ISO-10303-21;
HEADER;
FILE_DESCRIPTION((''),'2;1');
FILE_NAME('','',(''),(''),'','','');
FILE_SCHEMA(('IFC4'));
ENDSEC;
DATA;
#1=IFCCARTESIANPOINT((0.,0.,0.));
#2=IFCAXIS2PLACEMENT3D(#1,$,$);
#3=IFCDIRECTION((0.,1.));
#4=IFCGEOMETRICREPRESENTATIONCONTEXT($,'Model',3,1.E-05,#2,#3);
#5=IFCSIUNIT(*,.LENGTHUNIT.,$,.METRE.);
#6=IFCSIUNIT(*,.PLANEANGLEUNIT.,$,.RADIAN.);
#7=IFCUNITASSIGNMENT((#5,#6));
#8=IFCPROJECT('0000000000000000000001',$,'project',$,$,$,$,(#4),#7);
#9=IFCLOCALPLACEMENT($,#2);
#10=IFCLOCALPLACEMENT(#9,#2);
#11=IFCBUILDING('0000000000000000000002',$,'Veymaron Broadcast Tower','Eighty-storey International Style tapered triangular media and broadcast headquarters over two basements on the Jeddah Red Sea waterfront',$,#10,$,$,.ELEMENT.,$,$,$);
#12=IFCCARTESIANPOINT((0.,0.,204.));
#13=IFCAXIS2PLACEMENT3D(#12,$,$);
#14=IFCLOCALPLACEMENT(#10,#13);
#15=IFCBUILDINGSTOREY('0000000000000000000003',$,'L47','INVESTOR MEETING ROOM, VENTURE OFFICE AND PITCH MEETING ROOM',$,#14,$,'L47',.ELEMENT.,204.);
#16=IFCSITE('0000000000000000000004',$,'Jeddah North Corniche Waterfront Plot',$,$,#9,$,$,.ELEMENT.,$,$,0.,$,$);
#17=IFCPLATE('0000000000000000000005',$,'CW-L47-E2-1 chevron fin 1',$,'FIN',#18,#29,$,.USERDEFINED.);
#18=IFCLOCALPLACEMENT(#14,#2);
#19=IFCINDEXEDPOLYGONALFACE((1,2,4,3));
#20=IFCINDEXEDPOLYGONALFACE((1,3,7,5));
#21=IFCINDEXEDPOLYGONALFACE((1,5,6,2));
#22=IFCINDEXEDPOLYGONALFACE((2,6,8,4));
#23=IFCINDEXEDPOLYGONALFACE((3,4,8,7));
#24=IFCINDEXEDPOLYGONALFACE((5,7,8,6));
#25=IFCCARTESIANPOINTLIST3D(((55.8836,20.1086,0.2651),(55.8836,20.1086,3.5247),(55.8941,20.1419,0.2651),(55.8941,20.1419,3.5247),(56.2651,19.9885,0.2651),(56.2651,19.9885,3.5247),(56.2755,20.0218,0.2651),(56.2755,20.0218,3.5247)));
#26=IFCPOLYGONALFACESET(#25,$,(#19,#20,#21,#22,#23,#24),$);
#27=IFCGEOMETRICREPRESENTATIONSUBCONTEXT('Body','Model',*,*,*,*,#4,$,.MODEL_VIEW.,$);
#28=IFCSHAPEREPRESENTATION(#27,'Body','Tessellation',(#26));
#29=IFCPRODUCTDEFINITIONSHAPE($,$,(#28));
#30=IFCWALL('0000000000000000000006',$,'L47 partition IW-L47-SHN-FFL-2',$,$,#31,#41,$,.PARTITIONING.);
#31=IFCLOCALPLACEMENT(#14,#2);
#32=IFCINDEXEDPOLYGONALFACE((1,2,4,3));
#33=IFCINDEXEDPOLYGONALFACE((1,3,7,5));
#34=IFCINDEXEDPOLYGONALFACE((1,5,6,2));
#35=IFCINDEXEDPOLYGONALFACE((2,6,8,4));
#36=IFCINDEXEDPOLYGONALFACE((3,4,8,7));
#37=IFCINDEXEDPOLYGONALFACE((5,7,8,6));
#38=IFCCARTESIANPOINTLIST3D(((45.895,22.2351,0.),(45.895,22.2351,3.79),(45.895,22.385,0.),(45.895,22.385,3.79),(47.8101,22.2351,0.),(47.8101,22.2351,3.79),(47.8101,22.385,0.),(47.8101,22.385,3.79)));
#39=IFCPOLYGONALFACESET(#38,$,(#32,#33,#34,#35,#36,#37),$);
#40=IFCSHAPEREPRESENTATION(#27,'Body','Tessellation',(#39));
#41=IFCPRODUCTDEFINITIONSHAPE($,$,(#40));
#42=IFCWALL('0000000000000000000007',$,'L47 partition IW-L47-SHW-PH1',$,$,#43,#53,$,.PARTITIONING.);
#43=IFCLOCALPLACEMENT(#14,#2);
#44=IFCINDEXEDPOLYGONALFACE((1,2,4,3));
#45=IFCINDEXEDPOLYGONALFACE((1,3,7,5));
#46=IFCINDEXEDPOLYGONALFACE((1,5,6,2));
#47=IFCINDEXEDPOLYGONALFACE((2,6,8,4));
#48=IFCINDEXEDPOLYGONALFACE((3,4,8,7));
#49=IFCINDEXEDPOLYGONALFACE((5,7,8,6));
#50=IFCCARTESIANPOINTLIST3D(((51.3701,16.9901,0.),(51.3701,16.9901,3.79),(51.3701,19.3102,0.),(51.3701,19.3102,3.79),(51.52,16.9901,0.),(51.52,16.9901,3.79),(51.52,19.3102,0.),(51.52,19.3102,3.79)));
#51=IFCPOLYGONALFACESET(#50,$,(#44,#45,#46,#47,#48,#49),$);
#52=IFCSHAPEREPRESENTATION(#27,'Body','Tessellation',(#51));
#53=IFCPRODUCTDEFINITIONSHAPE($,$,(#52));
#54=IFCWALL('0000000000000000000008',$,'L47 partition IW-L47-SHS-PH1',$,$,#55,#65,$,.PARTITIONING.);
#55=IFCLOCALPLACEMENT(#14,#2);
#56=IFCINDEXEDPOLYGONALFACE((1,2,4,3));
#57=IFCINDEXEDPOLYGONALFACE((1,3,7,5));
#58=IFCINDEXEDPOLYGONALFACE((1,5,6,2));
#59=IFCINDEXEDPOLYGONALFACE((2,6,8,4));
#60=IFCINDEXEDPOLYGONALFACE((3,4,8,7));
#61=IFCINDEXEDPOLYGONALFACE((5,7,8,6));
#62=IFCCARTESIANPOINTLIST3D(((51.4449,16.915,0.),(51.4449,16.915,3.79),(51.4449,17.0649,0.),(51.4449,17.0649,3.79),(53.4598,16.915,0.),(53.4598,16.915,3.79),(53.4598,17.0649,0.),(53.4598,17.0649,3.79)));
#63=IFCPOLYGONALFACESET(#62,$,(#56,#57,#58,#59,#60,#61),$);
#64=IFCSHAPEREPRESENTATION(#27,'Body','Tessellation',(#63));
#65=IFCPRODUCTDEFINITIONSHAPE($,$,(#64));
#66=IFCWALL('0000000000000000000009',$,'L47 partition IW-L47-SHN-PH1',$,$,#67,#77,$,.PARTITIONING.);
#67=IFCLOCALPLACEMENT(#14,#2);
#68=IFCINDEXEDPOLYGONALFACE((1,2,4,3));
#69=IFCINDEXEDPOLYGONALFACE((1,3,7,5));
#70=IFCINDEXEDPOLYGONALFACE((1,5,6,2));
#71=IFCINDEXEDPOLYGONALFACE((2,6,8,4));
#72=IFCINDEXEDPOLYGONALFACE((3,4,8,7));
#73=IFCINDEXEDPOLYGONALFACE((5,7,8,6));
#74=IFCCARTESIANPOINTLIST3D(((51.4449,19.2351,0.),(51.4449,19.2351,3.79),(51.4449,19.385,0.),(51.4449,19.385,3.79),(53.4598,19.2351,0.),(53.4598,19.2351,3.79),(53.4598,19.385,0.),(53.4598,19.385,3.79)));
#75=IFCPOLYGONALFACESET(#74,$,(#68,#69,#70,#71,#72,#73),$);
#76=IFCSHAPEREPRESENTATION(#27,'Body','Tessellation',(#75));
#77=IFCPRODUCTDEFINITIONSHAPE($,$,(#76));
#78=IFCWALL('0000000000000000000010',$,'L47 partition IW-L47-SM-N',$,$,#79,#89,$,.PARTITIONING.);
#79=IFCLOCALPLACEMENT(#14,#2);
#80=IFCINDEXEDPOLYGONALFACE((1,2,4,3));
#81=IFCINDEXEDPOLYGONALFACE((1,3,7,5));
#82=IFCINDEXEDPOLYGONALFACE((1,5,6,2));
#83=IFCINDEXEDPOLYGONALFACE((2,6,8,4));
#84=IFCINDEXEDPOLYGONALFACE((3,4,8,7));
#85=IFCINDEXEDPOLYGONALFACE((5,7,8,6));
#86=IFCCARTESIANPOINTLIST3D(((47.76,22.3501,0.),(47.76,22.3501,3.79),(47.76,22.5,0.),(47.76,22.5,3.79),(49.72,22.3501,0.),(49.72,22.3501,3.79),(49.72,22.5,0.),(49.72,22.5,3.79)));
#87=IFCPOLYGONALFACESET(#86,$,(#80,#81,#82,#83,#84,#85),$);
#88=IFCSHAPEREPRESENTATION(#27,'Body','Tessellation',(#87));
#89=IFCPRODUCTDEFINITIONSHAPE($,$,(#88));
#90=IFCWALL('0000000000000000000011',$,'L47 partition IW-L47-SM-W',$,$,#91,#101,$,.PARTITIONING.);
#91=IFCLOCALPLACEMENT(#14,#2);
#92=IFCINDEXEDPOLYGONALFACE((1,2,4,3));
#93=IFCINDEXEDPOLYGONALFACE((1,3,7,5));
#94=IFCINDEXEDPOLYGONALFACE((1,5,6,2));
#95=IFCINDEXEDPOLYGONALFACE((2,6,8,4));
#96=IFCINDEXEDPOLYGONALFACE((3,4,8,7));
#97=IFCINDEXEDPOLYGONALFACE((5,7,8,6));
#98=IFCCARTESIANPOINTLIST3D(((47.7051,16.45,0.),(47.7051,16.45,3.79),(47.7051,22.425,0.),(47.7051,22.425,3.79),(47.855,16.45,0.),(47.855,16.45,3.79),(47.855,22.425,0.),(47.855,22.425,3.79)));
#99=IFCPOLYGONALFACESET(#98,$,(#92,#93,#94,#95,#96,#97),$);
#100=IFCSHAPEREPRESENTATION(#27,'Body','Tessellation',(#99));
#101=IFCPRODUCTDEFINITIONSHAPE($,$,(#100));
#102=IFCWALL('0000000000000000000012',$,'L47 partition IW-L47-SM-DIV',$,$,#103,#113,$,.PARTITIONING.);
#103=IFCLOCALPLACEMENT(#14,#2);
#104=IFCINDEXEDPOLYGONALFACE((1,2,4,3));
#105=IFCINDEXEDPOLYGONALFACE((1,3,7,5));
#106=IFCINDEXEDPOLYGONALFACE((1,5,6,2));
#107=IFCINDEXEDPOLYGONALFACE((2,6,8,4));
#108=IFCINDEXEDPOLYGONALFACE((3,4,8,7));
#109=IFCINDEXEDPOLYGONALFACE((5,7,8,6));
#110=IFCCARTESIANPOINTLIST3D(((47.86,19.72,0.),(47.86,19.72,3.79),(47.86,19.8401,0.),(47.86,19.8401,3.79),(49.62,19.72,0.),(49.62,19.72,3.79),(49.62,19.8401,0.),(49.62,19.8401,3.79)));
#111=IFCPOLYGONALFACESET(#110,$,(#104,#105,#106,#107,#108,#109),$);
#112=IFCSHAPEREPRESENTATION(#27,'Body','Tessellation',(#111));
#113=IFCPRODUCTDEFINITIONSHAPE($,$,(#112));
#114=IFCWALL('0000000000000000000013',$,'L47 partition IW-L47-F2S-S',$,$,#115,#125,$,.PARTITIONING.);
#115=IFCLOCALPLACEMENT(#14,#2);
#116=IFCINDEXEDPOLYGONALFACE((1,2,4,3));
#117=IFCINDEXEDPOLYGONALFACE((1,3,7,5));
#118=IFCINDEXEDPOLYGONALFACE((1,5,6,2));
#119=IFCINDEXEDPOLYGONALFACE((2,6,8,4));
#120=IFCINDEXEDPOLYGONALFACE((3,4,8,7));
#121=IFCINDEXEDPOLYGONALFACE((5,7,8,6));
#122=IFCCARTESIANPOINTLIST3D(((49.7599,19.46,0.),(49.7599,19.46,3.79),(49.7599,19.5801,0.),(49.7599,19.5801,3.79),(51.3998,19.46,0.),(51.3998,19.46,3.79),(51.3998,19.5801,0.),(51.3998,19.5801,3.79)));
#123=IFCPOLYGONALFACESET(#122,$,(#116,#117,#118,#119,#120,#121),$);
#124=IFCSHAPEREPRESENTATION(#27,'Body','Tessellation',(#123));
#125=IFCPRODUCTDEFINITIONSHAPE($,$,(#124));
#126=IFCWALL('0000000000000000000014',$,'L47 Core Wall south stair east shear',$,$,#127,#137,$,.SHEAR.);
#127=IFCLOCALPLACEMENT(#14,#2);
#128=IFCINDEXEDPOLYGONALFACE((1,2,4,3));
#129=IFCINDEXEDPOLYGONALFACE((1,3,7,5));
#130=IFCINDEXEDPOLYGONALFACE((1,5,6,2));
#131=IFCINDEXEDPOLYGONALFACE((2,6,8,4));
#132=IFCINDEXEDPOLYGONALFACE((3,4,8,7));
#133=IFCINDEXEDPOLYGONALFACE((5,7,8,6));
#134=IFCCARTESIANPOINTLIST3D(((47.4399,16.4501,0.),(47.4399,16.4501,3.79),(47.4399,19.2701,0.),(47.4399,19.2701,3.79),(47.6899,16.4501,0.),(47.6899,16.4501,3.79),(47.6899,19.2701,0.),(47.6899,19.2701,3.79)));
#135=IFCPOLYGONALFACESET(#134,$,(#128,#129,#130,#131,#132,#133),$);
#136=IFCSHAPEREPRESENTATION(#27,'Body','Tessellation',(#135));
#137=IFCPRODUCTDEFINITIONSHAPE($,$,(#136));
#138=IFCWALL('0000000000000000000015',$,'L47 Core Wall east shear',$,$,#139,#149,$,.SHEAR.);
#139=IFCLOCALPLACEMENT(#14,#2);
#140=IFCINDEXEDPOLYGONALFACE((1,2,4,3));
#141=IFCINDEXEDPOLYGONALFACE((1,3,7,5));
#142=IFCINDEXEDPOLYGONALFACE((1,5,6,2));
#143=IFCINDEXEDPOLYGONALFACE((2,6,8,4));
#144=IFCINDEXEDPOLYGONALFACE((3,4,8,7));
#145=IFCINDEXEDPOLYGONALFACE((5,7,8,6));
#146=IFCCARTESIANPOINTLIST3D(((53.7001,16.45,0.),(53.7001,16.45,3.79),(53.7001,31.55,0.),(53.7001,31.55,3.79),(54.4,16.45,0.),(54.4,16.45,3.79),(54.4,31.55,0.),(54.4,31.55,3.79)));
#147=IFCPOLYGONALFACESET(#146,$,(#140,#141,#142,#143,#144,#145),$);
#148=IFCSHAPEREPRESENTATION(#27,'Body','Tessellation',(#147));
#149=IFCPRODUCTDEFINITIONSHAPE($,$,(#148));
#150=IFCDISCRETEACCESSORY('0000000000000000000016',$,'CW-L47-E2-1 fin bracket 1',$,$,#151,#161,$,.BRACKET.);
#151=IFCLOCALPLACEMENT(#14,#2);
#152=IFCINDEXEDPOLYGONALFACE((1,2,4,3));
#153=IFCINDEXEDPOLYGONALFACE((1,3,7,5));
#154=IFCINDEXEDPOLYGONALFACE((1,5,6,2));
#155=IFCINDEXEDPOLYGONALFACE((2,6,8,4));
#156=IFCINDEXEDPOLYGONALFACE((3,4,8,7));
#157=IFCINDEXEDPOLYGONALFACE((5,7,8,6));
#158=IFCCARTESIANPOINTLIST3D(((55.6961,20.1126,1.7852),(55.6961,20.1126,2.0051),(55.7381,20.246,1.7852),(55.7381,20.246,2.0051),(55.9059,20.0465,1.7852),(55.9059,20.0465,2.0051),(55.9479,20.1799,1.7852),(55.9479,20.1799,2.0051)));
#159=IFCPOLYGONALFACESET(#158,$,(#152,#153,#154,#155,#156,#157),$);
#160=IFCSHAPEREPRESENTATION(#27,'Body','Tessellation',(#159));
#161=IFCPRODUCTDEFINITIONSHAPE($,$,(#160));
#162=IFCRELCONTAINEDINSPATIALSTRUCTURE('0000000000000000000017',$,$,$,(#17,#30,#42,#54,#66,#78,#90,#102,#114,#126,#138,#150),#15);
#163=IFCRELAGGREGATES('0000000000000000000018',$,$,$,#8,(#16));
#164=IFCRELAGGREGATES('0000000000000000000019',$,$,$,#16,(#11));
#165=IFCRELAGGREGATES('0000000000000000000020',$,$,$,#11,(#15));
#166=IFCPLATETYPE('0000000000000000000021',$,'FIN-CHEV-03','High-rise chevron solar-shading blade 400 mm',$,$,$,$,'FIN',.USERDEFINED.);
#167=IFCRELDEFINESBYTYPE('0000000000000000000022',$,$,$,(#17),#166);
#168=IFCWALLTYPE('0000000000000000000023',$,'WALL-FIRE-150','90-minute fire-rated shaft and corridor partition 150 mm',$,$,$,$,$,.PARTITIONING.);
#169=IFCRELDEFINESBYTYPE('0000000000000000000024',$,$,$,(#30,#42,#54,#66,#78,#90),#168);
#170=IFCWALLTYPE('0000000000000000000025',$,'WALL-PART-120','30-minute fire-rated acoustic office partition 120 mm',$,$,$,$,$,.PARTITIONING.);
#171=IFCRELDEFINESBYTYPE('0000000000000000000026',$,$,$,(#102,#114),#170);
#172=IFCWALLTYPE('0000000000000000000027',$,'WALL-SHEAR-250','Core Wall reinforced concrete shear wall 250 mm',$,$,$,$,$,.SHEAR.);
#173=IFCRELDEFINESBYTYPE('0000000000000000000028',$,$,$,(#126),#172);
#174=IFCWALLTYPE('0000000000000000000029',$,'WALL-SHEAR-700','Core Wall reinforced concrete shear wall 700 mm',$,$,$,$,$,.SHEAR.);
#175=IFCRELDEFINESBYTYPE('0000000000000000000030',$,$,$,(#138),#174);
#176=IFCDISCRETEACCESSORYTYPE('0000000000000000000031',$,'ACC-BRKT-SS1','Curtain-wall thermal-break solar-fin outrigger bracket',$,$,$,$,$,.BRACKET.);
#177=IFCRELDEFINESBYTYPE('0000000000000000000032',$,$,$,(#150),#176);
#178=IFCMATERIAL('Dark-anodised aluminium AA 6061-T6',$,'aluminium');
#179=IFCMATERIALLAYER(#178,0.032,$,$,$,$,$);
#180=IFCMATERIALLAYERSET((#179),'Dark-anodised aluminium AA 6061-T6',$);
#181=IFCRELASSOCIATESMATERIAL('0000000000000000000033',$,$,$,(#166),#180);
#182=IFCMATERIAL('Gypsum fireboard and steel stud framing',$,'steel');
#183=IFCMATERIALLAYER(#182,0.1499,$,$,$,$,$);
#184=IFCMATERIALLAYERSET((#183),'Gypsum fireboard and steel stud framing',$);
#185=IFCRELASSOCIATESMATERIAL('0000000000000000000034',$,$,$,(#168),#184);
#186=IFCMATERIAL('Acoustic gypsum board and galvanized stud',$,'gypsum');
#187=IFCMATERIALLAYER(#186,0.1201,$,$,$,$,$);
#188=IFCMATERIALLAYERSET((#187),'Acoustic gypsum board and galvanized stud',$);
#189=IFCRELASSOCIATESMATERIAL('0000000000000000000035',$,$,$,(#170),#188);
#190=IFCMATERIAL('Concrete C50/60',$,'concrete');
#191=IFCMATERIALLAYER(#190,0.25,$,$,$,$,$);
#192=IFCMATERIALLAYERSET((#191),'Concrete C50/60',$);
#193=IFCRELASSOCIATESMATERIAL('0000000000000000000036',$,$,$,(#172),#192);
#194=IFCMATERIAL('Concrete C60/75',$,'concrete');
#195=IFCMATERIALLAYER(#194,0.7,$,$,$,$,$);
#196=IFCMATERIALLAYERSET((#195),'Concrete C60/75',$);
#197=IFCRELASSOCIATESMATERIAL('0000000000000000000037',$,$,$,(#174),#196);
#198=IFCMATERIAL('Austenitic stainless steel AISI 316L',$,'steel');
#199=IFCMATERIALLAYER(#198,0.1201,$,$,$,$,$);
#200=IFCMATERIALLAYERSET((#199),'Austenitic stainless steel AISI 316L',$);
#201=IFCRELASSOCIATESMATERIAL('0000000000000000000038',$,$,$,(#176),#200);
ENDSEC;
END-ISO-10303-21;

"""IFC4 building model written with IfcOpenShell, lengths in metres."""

from ifc_helpers import new_model, si_unit, direction, frame, frame_2d, origin, origin_2d, place, context, subcontext, project, spatial, rectangle, extrude, material, layer, layer_set, type_object, element, save


model = new_model("IFC4")

# Units and contexts
model_context = context("Model", 3, precision=1e-05, world=origin(), true_north=direction((0.0, 1.0)))
body_context = subcontext(model_context, "Body", "Model", "MODEL_VIEW")
ifc_project = project(units=[si_unit("LENGTHUNIT", "METRE"), si_unit("PLANEANGLEUNIT", "RADIAN")], contexts=[model_context])

# Site, building, storey
site_placement = place(None, origin())
site = spatial("IfcSite", under=ifc_project, at=site_placement, Name="Jeddah North Corniche Waterfront Plot", CompositionType="ELEMENT", RefElevation=0.0)
building_placement = place(site_placement, origin())
building = spatial("IfcBuilding", under=site, at=building_placement, Name="Veymaron Broadcast Tower", Description="Eighty-storey International Style tapered triangular media and broadcast headquarters over two basements on the Jeddah Red Sea waterfront", CompositionType="ELEMENT")
storey_placement = place(building_placement, frame((0.0, 0.0, 204.0)))
storey = spatial("IfcBuildingStorey", under=building, at=storey_placement, Name="L47", Description="INVESTOR MEETING ROOM, VENTURE OFFICE AND PITCH MEETING ROOM", LongName="L47", CompositionType="ELEMENT", Elevation=204.0)

# Plate
ifc_material_1 = material(Name="Dark-anodised aluminium AA 6061-T6", Category="aluminium")
ifc_layer_1 = layer(ifc_material_1, 0.032)
ifc_layer_set_1 = layer_set([ifc_layer_1], Name="Dark-anodised aluminium AA 6061-T6")
plate_type_1 = type_object("IfcPlateType", Name="FIN-CHEV-03", Description="High-rise chevron solar-shading blade 400 mm", ElementType="FIN", PredefinedType="USERDEFINED", material=ifc_layer_set_1)
plate_1_placement = place(storey_placement, frame((56.0796, 20.0652, 0.2651), z_axis=(0.0, 0.0, 1.0), x_axis=(0.953796, -0.300456, 0.0)))
element("IfcPlate", 1, at=plate_1_placement, inside=storey, type_object=plate_type_1, Name="CW-L47-E2-1 chevron fin 1", ObjectType="FIN", PredefinedType="USERDEFINED", context=body_context, shape_type="SweptSolid", body=[
    extrude(rectangle(XDim=0.3999, YDim=0.0349, at=origin_2d()), origin(), (0.0, 0.0, 1.0), 3.2595),
])

# Walls
ifc_material_2 = material(Name="Gypsum fireboard and steel stud framing", Category="steel")
ifc_layer_2 = layer(ifc_material_2, 0.1499)
ifc_layer_set_2 = layer_set([ifc_layer_2], Name="Gypsum fireboard and steel stud framing")
wall_type_1 = type_object("IfcWallType", Name="WALL-FIRE-150", Description="90-minute fire-rated shaft and corridor partition 150 mm", PredefinedType="PARTITIONING", material=ifc_layer_set_2)
wall_1_placement = place(storey_placement, frame((45.895, 22.3101, 0.0), z_axis=(0.0, 0.0, 1.0), x_axis=(1.0, 0.0, 0.0)))
element("IfcWall", 2, at=wall_1_placement, inside=storey, type_object=wall_type_1, Name="L47 partition IW-L47-SHN-FFL-2", PredefinedType="PARTITIONING", context=body_context, shape_type="SweptSolid", body=[
    extrude(rectangle(XDim=1.915, YDim=0.1499, at=frame_2d((0.9575, 0.0))), origin(), (0.0, 0.0, 1.0), 3.79),
])
wall_2_placement = place(storey_placement, frame((51.4451, 16.99, 0.0), z_axis=(0.0, 0.0, 1.0), x_axis=(0.0, 1.0, 0.0)))
element("IfcWall", 3, at=wall_2_placement, inside=storey, type_object=wall_type_1, Name="L47 partition IW-L47-SHW-PH1", PredefinedType="PARTITIONING", context=body_context, shape_type="SweptSolid", body=[
    extrude(rectangle(XDim=2.3201, YDim=0.1499, at=frame_2d((1.1602, 0.0))), origin(), (0.0, 0.0, 1.0), 3.79),
])
for number, where, z_axis, x_axis, name in (
    (4, (51.4451, 16.99, 0.0), (0.0, 0.0, 1.0), (1.0, 0.0, 0.0), "L47 partition IW-L47-SHS-PH1"),
    (5, (51.4451, 19.3101, 0.0), (0.0, 0.0, 1.0), (1.0, 0.0, 0.0), "L47 partition IW-L47-SHN-PH1"),
):
    element("IfcWall", number, at=place(storey_placement, frame(where, z_axis=z_axis, x_axis=x_axis)), inside=storey, type_object=wall_type_1, Name=name, PredefinedType="PARTITIONING", context=body_context, shape_type="SweptSolid", body=[
        extrude(rectangle(XDim=2.0149, YDim=0.1499, at=frame_2d((1.0073, 0.0))), origin(), (0.0, 0.0, 1.0), 3.79),
    ])

# Walls
wall_3_placement = place(storey_placement, frame((47.76, 22.425, 0.0), z_axis=(0.0, 0.0, 1.0), x_axis=(1.0, 0.0, 0.0)))
element("IfcWall", 6, at=wall_3_placement, inside=storey, type_object=wall_type_1, Name="L47 partition IW-L47-SM-N", PredefinedType="PARTITIONING", context=body_context, shape_type="SweptSolid", body=[
    extrude(rectangle(XDim=1.96, YDim=0.1499, at=frame_2d((0.98, 0.0))), origin(), (0.0, 0.0, 1.0), 3.79),
])
wall_4_placement = place(storey_placement, frame((47.78, 16.45, 0.0), z_axis=(0.0, 0.0, 1.0), x_axis=(0.0, 1.0, 0.0)))
element("IfcWall", 7, at=wall_4_placement, inside=storey, type_object=wall_type_1, Name="L47 partition IW-L47-SM-W", PredefinedType="PARTITIONING", context=body_context, shape_type="SweptSolid", body=[
    extrude(rectangle(XDim=5.9751, YDim=0.1499, at=frame_2d((2.9875, 0.0))), origin(), (0.0, 0.0, 1.0), 3.79),
])
ifc_material_3 = material(Name="Acoustic gypsum board and galvanized stud", Category="gypsum")
ifc_layer_3 = layer(ifc_material_3, 0.1201)
ifc_layer_set_3 = layer_set([ifc_layer_3], Name="Acoustic gypsum board and galvanized stud")
wall_type_2 = type_object("IfcWallType", Name="WALL-PART-120", Description="30-minute fire-rated acoustic office partition 120 mm", PredefinedType="PARTITIONING", material=ifc_layer_set_3)
wall_5_placement = place(storey_placement, frame((47.8601, 19.78, 0.0), z_axis=(0.0, 0.0, 1.0), x_axis=(1.0, 0.0, 0.0)))
element("IfcWall", 8, at=wall_5_placement, inside=storey, type_object=wall_type_2, Name="L47 partition IW-L47-SM-DIV", PredefinedType="PARTITIONING", context=body_context, shape_type="SweptSolid", body=[
    extrude(rectangle(XDim=1.76, YDim=0.1201, at=frame_2d((0.8799, 0.0))), origin(), (0.0, 0.0, 1.0), 3.79),
])

# Walls
wall_6_placement = place(storey_placement, frame((49.76, 19.52, 0.0), z_axis=(0.0, 0.0, 1.0), x_axis=(1.0, 0.0, 0.0)))
element("IfcWall", 9, at=wall_6_placement, inside=storey, type_object=wall_type_2, Name="L47 partition IW-L47-F2S-S", PredefinedType="PARTITIONING", context=body_context, shape_type="SweptSolid", body=[
    extrude(rectangle(XDim=1.6399, YDim=0.1201, at=frame_2d((0.8198, 0.0))), origin(), (0.0, 0.0, 1.0), 3.79),
])
ifc_material_4 = material(Name="Concrete C50/60", Category="concrete")
ifc_layer_4 = layer(ifc_material_4, 0.25)
ifc_layer_set_4 = layer_set([ifc_layer_4], Name="Concrete C50/60")
wall_type_3 = type_object("IfcWallType", Name="WALL-SHEAR-250", Description="Core Wall reinforced concrete shear wall 250 mm", PredefinedType="SHEAR", material=ifc_layer_set_4)
wall_7_placement = place(storey_placement, frame((47.5649, 16.45, 0.0), z_axis=(0.0, 0.0, 1.0), x_axis=(0.0, 1.0, 0.0)))
element("IfcWall", 10, at=wall_7_placement, inside=storey, type_object=wall_type_3, Name="L47 Core Wall south stair east shear", PredefinedType="SHEAR", context=body_context, shape_type="SweptSolid", body=[
    extrude(rectangle(XDim=2.8201, YDim=0.25, at=frame_2d((1.4102, 0.0))), origin(), (0.0, 0.0, 1.0), 3.79),
])
ifc_material_5 = material(Name="Concrete C60/75", Category="concrete")
ifc_layer_5 = layer(ifc_material_5, 0.7)
ifc_layer_set_5 = layer_set([ifc_layer_5], Name="Concrete C60/75")
wall_type_4 = type_object("IfcWallType", Name="WALL-SHEAR-700", Description="Core Wall reinforced concrete shear wall 700 mm", PredefinedType="SHEAR", material=ifc_layer_set_5)
wall_8_placement = place(storey_placement, frame((54.05, 16.45, 0.0), z_axis=(0.0, 0.0, 1.0), x_axis=(0.0, 1.0, 0.0)))
element("IfcWall", 11, at=wall_8_placement, inside=storey, type_object=wall_type_4, Name="L47 Core Wall east shear", PredefinedType="SHEAR", context=body_context, shape_type="SweptSolid", body=[
    extrude(rectangle(XDim=15.1001, YDim=0.7, at=frame_2d((7.55, 0.0))), origin(), (0.0, 0.0, 1.0), 3.79),
])

# Discrete accessory
ifc_material_6 = material(Name="Austenitic stainless steel AISI 316L", Category="steel")
ifc_layer_6 = layer(ifc_material_6, 0.1201)
ifc_layer_set_6 = layer_set([ifc_layer_6], Name="Austenitic stainless steel AISI 316L")
discrete_accessory_type = type_object("IfcDiscreteAccessoryType", Name="ACC-BRKT-SS1", Description="Curtain-wall thermal-break solar-fin outrigger bracket", PredefinedType="BRACKET", material=ifc_layer_set_6)
discrete_accessory_placement = place(storey_placement, frame((55.822, 20.1462, 1.7852), z_axis=(0.0, 0.0, 1.0), x_axis=(0.953796, -0.300456, 0.0)))
element("IfcDiscreteAccessory", 12, at=discrete_accessory_placement, inside=storey, type_object=discrete_accessory_type, Name="CW-L47-E2-1 fin bracket 1", PredefinedType="BRACKET", context=body_context, shape_type="SweptSolid", body=[
    extrude(rectangle(XDim=0.22, YDim=0.1399, at=origin_2d()), origin(), (0.0, 0.0, 1.0), 0.22),
])

save(model, "model.ifc")
